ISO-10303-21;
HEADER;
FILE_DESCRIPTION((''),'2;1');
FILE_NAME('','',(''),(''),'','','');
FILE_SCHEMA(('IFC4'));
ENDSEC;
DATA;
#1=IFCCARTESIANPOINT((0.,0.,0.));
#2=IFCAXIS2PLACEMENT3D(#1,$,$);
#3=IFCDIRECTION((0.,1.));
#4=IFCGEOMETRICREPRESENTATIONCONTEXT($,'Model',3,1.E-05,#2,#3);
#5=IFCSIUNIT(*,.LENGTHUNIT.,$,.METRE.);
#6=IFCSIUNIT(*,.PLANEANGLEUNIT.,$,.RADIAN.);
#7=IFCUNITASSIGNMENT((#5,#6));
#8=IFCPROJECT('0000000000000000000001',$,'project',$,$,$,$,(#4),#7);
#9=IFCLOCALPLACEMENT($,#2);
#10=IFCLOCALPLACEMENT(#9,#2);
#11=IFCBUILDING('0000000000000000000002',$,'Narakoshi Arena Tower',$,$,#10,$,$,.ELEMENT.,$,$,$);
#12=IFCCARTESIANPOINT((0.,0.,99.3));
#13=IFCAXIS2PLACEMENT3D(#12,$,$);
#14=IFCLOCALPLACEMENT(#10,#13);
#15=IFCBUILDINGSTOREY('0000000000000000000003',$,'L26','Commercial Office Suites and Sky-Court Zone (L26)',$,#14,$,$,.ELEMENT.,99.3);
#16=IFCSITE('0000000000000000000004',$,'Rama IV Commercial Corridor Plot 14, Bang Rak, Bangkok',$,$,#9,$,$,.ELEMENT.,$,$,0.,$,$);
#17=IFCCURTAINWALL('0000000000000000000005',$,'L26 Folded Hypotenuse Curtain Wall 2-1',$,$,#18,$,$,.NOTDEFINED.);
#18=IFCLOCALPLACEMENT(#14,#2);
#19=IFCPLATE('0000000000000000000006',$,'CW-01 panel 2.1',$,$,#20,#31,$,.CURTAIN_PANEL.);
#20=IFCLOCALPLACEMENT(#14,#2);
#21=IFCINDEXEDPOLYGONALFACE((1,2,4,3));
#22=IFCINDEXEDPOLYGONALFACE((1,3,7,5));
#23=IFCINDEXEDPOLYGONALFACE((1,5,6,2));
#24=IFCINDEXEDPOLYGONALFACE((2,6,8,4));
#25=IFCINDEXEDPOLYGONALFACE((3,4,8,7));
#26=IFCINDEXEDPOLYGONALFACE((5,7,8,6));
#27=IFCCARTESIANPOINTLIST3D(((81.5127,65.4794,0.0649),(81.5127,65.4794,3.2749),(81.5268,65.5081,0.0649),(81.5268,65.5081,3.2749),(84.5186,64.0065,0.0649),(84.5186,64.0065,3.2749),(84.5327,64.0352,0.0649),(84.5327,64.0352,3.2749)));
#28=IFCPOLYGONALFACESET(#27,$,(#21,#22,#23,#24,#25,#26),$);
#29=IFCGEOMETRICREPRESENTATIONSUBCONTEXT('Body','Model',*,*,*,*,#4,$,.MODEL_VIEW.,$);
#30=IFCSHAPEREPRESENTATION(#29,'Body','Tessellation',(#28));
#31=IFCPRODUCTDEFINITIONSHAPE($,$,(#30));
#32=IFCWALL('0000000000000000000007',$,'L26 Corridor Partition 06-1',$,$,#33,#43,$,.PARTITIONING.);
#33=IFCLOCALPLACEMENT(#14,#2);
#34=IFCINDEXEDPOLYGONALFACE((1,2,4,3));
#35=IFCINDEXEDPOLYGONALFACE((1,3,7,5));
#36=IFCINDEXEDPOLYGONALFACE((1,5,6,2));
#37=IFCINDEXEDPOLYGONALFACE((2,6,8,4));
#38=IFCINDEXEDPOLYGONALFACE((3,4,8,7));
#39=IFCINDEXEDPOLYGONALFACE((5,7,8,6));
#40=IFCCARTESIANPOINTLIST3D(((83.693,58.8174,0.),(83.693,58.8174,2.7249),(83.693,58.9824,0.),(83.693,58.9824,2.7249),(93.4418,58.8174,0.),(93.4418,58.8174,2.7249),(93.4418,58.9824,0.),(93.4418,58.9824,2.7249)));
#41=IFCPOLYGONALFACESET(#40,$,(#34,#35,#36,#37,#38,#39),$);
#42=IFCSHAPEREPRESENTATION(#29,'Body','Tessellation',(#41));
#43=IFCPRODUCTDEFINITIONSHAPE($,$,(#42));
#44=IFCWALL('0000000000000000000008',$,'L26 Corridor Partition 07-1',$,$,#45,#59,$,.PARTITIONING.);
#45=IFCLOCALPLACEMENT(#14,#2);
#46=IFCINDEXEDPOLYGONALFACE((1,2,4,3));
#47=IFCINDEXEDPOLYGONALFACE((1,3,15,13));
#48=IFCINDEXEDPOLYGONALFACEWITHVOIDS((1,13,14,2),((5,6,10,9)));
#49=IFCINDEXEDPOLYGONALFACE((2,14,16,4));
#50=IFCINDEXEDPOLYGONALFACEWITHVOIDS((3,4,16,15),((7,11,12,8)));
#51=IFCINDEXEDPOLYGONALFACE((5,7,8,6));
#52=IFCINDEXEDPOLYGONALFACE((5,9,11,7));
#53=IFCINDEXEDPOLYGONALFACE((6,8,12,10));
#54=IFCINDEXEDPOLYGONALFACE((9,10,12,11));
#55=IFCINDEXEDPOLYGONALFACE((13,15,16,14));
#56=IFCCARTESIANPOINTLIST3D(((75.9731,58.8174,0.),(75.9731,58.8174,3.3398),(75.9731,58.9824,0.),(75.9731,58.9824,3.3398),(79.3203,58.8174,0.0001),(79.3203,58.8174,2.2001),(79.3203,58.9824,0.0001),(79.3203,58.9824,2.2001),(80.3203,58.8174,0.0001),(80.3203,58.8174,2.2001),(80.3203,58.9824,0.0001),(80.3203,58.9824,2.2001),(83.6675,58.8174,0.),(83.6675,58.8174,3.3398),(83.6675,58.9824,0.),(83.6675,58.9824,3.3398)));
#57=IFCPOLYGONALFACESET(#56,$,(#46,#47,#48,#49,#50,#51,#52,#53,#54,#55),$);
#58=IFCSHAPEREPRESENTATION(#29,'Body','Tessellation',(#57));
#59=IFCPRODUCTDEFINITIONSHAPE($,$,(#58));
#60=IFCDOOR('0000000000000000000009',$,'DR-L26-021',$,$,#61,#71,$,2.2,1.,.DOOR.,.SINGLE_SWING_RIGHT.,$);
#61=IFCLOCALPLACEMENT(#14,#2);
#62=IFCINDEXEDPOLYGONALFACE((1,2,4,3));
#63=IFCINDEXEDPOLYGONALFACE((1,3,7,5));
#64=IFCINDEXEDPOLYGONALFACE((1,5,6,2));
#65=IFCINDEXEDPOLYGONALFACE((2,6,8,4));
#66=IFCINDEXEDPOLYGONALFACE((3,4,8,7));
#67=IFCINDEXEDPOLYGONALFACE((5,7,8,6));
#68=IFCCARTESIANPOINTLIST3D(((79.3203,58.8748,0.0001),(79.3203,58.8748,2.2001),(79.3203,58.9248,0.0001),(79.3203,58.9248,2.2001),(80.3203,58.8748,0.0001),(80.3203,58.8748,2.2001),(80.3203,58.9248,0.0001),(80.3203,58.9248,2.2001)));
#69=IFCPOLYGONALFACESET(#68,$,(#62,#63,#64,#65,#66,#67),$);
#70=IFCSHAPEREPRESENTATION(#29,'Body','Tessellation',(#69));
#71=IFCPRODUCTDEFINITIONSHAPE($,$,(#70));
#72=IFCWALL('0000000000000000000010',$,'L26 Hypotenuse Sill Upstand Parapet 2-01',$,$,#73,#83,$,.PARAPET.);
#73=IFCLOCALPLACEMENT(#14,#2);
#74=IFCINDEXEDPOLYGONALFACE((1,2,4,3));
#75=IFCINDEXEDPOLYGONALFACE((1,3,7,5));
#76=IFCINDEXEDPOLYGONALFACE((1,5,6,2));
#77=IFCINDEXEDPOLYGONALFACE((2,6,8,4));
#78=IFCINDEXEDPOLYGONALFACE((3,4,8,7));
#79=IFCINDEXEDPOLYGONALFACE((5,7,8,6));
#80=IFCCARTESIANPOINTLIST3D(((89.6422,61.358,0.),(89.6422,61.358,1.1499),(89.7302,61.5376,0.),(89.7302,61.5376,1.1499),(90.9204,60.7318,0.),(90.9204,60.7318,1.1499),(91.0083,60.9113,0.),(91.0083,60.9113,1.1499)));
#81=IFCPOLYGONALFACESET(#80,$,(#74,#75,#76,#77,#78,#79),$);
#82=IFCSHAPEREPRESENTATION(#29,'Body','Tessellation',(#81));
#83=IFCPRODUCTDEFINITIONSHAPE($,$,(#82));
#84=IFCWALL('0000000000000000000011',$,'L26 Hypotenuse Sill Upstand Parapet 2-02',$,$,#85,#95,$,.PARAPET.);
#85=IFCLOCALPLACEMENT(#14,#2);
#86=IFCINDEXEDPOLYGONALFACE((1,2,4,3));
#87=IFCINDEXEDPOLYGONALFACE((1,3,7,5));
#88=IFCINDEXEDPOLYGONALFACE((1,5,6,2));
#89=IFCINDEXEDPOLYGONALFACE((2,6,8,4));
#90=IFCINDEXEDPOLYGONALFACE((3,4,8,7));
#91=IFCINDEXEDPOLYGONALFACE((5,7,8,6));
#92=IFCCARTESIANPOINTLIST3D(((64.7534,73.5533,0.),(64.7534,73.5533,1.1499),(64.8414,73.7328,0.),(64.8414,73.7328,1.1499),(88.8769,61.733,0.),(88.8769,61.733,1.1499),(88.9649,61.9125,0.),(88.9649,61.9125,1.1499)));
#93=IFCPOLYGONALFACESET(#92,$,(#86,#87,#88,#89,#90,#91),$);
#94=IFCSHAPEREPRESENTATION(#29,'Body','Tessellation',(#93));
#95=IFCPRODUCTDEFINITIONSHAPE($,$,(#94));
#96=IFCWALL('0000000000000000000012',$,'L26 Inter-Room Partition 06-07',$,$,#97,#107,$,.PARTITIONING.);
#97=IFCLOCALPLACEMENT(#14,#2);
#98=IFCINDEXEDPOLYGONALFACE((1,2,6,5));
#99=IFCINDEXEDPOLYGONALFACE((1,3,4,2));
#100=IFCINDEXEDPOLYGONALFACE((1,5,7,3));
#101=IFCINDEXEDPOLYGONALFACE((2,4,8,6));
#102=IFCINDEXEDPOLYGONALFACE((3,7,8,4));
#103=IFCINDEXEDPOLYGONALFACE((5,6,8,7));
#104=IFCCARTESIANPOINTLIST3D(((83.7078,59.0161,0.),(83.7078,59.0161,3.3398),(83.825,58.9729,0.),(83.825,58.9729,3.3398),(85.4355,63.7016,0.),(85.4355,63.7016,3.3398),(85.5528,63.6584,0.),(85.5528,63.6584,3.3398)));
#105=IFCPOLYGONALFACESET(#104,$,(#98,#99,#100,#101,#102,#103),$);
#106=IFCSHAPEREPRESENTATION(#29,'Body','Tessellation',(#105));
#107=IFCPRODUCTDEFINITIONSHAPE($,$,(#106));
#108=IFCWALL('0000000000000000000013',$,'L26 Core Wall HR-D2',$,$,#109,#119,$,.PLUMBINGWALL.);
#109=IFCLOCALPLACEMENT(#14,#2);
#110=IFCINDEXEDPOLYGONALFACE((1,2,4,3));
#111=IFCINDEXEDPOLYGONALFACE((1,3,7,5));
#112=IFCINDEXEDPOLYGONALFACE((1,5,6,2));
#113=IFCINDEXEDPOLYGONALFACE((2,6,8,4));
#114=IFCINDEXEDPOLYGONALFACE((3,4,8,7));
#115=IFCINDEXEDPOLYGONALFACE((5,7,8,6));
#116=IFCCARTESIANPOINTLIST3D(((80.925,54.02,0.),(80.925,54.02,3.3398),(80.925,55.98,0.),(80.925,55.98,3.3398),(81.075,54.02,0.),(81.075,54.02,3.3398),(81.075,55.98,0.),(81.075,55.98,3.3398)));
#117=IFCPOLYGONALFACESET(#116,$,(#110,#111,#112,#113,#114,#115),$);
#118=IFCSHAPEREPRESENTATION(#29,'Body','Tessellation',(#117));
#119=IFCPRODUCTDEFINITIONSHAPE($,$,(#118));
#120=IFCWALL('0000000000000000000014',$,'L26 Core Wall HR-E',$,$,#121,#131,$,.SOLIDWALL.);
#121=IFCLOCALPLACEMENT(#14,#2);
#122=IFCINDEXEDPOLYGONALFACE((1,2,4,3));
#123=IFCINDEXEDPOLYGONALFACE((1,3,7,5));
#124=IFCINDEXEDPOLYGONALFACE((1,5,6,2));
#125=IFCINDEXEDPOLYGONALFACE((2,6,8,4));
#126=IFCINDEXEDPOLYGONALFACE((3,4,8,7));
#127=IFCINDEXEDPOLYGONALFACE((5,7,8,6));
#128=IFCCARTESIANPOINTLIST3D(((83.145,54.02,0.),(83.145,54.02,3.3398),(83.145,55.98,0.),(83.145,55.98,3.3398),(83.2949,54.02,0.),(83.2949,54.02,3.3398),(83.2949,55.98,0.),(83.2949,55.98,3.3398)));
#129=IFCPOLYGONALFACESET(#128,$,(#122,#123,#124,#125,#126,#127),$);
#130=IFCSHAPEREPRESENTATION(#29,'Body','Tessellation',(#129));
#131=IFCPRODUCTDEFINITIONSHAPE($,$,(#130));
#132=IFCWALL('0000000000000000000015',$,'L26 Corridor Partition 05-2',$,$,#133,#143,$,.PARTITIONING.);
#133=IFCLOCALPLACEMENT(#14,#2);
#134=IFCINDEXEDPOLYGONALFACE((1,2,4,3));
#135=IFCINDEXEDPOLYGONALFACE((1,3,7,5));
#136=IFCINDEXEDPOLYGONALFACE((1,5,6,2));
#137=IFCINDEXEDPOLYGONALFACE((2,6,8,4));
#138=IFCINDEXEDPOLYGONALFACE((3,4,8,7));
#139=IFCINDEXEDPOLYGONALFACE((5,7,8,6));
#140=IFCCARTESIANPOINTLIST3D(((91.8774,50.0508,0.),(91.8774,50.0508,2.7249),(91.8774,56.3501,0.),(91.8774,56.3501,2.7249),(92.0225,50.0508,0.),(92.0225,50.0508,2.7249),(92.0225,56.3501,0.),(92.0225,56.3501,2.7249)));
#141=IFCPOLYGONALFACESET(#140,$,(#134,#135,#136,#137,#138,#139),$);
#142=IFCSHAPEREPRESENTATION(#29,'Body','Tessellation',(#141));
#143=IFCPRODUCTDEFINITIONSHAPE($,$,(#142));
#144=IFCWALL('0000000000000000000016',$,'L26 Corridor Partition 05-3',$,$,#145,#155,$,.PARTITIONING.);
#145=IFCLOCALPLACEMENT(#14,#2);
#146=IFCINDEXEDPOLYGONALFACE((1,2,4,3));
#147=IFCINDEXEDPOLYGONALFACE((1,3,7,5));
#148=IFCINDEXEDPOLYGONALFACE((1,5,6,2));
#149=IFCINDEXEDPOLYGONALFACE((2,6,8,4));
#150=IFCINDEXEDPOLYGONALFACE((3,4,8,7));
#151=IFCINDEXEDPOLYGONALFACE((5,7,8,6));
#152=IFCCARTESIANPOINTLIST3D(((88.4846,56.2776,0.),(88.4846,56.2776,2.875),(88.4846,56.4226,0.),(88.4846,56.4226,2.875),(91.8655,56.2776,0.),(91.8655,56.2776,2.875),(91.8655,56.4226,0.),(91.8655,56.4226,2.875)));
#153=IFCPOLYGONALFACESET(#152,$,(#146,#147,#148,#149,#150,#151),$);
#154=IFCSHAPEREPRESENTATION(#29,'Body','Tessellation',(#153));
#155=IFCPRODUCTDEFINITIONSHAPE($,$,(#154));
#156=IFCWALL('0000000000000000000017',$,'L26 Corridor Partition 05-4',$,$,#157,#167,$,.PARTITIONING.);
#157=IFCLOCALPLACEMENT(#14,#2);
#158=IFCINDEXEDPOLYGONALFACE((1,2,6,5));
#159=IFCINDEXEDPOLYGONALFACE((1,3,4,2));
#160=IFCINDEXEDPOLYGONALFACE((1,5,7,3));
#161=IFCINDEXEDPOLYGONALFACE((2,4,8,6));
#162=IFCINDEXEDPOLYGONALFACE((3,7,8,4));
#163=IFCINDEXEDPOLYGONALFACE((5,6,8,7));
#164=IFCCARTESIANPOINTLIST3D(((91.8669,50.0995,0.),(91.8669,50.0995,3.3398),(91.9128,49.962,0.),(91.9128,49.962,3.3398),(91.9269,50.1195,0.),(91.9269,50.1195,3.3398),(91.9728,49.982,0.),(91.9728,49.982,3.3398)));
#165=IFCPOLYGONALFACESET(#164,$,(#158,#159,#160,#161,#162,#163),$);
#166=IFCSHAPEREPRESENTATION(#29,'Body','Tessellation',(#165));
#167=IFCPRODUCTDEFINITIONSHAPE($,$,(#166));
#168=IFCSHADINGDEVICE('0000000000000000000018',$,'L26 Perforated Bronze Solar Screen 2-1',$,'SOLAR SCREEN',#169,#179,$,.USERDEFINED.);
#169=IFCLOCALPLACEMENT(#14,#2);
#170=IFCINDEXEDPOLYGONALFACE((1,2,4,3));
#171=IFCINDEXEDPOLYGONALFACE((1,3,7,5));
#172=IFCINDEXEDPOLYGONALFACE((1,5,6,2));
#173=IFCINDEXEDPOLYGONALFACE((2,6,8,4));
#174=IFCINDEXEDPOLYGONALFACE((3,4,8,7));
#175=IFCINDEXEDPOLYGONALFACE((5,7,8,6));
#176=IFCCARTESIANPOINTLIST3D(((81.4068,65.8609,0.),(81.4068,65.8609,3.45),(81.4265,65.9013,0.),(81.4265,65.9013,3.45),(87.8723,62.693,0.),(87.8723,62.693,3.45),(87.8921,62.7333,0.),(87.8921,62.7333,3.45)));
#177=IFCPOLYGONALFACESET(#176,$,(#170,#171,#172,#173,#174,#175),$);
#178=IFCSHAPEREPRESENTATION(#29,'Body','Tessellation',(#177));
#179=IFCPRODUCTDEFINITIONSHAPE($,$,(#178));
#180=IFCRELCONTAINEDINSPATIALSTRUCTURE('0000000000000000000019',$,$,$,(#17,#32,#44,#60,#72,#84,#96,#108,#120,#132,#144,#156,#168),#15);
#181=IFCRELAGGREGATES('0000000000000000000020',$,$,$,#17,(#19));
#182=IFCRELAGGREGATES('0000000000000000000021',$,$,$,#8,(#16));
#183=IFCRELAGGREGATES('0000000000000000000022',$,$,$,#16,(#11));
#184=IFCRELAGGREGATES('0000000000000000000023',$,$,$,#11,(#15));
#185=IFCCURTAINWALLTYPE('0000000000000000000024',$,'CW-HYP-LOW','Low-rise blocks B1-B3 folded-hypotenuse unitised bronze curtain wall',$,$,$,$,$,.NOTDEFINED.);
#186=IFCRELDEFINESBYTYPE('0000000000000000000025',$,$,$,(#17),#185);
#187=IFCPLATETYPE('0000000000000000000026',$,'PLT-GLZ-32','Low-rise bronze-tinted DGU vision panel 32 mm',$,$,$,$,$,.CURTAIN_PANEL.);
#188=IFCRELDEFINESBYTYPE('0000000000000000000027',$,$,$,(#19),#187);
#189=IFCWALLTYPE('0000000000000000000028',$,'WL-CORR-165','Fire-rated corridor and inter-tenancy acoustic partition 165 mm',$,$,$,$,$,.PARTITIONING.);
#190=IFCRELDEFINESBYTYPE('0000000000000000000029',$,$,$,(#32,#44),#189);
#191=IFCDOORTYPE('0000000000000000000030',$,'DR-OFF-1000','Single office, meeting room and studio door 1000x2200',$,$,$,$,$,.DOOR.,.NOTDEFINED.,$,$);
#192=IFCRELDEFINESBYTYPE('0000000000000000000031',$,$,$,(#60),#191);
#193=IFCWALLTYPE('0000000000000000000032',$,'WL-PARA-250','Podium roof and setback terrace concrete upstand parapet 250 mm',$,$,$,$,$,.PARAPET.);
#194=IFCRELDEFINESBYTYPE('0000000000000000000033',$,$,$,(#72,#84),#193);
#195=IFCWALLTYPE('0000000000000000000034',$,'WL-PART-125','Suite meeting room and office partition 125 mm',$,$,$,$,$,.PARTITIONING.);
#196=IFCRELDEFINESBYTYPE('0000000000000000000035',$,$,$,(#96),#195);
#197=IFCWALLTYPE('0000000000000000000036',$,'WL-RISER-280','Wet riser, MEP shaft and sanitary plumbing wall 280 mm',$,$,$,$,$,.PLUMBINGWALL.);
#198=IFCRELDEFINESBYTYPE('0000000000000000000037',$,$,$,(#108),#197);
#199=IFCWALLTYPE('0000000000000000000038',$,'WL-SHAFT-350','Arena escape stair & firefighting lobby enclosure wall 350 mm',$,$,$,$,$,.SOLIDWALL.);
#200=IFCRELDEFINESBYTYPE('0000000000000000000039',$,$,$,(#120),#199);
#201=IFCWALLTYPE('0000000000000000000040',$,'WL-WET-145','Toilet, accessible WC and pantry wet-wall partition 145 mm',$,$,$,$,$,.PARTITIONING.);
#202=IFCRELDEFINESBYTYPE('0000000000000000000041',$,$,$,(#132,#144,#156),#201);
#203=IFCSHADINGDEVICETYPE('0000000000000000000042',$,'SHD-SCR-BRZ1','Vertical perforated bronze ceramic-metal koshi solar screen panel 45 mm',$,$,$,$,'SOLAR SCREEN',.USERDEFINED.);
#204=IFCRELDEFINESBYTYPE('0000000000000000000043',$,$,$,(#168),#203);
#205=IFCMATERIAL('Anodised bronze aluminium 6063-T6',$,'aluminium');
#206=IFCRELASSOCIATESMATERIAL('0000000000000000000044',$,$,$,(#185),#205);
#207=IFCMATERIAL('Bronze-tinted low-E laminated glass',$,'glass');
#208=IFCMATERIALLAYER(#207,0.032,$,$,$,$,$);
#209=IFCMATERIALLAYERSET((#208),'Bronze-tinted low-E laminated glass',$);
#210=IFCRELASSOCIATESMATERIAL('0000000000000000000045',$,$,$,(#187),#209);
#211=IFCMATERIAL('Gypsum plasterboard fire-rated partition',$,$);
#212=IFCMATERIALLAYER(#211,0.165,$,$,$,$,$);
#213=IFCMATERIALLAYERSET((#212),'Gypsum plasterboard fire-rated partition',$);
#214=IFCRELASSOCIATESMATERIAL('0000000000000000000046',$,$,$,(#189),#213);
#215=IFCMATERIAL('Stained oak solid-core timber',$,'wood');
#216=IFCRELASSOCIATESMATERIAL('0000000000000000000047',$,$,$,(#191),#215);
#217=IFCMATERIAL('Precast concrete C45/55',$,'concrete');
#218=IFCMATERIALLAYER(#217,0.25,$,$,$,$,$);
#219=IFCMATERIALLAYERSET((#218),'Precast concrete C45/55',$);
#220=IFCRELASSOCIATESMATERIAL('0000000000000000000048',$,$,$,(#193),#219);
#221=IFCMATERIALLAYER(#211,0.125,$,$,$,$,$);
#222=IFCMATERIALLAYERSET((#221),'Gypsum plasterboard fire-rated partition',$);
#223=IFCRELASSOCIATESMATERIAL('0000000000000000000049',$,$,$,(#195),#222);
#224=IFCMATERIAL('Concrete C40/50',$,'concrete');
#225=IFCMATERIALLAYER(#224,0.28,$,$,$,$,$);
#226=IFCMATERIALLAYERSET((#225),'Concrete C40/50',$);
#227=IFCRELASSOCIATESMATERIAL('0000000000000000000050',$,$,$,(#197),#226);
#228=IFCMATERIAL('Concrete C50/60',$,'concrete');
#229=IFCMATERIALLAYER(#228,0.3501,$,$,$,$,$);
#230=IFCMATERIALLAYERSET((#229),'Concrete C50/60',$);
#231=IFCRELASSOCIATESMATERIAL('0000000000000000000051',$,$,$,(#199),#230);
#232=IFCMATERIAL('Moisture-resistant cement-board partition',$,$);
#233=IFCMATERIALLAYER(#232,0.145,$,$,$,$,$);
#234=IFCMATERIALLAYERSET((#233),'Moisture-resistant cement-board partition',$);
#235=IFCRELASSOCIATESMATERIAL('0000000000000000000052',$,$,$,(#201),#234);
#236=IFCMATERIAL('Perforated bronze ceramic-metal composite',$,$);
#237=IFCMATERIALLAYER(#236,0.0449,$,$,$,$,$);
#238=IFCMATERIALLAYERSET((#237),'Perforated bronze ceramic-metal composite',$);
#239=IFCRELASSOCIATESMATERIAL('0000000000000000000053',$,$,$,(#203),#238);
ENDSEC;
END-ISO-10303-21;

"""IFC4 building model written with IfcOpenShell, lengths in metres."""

from ifc_helpers import new_model, si_unit, direction, frame, frame_2d, origin, origin_2d, place, context, subcontext, project, spatial, rectangle, extrude, material, layer, layer_set, type_object, element, fill, aggregate, save


model = new_model("IFC4")

# Units and contexts
model_context = context("Model", 3, precision=1e-05, world=origin(), true_north=direction((0.0, 1.0)))
body_context = subcontext(model_context, "Body", "Model", "MODEL_VIEW")
ifc_project = project(units=[si_unit("LENGTHUNIT", "METRE"), si_unit("PLANEANGLEUNIT", "RADIAN")], contexts=[model_context])

# Site, building, storey
site_placement = place(None, origin())
site = spatial("IfcSite", under=ifc_project, at=site_placement, Name="Rama IV Commercial Corridor Plot 14, Bang Rak, Bangkok", CompositionType="ELEMENT", RefElevation=0.0)
building_placement = place(site_placement, origin())
building = spatial("IfcBuilding", under=site, at=building_placement, Name="Narakoshi Arena Tower", CompositionType="ELEMENT")
storey_placement = place(building_placement, frame((0.0, 0.0, 99.3)))
storey = spatial("IfcBuildingStorey", under=building, at=storey_placement, Name="L26", Description="Commercial Office Suites and Sky-Court Zone (L26)", CompositionType="ELEMENT", Elevation=99.3)

# Curtain wall, plate
ifc_material_1 = material(Name="Anodised bronze aluminium 6063-T6", Category="aluminium")
curtain_wall_type = type_object("IfcCurtainWallType", Name="CW-HYP-LOW", Description="Low-rise blocks B1-B3 folded-hypotenuse unitised bronze curtain wall", PredefinedType="NOTDEFINED", material=ifc_material_1)
curtain_wall_placement = place(storey_placement, origin())
curtain_wall = element("IfcCurtainWall", 1, at=curtain_wall_placement, inside=storey, type_object=curtain_wall_type, Name="L26 Folded Hypotenuse Curtain Wall 2-1", PredefinedType="NOTDEFINED")
ifc_material_2 = material(Name="Bronze-tinted low-E laminated glass", Category="glass")
ifc_layer_1 = layer(ifc_material_2, 0.032)
ifc_layer_set_1 = layer_set([ifc_layer_1], Name="Bronze-tinted low-E laminated glass")
plate_type = type_object("IfcPlateType", Name="PLT-GLZ-32", Description="Low-rise bronze-tinted DGU vision panel 32 mm", PredefinedType="CURTAIN_PANEL", material=ifc_layer_set_1)
plate_1_placement = place(storey_placement, frame((83.0227, 64.7573, 0.0649), z_axis=(0.0, 0.0, 1.0), x_axis=(-0.897996, 0.440005, 0.0)))
plate_1 = element("IfcPlate", 2, at=plate_1_placement, type_object=plate_type, Name="CW-01 panel 2.1", PredefinedType="CURTAIN_PANEL", context=body_context, shape_type="SweptSolid", body=[
    extrude(rectangle(XDim=3.3474, YDim=0.032, at=origin_2d()), origin(), (0.0, 0.0, 1.0), 3.21),
])
aggregate(curtain_wall, [plate_1])

# Wall
ifc_material_3 = material(Name="Gypsum plasterboard fire-rated partition")
ifc_layer_2 = layer(ifc_material_3, 0.165)
ifc_layer_set_2 = layer_set([ifc_layer_2], Name="Gypsum plasterboard fire-rated partition")
wall_type_1 = type_object("IfcWallType", Name="WL-CORR-165", Description="Fire-rated corridor and inter-tenancy acoustic partition 165 mm", PredefinedType="PARTITIONING", material=ifc_layer_set_2)
wall_1_placement = place(storey_placement, frame((93.4419, 58.8999, 0.0), z_axis=(0.0, 0.0, 1.0), x_axis=(-1.0, 0.0, 0.0)))
element("IfcWall", 3, at=wall_1_placement, inside=storey, type_object=wall_type_1, Name="L26 Corridor Partition 06-1", PredefinedType="PARTITIONING", context=body_context, shape_type="SweptSolid", body=[
    extrude(rectangle(XDim=9.7488, YDim=0.165, at=frame_2d((4.8745, 0.0))), origin(), (0.0, 0.0, 1.0), 2.7249),
])

# Wall, opening, door
wall_2_placement = place(storey_placement, frame((83.6675, 58.8999, 0.0), z_axis=(0.0, 0.0, 1.0), x_axis=(-1.0, 0.0, 0.0)))
wall_2 = element("IfcWall", 4, at=wall_2_placement, inside=storey, type_object=wall_type_1, Name="L26 Corridor Partition 07-1", PredefinedType="PARTITIONING", context=body_context, shape_type="SweptSolid", body=[
    extrude(rectangle(XDim=7.6943, YDim=0.165, at=frame_2d((3.8472, 0.0))), origin(), (0.0, 0.0, 1.0), 3.3398),
])
opening_placement = place(wall_2_placement, frame((3.3472, 0.0, 0.0)))
opening = element("IfcOpeningElement", 5, at=opening_placement, cuts=wall_2, PredefinedType="OPENING", context=body_context, shape_type="SweptSolid", body=[
    extrude(rectangle(XDim=1.0, YDim=2.2, at=frame_2d((0.5, 1.1001))), frame((0.0, 0.0925, 0.0), z_axis=(0.0, -1.0, 0.0), x_axis=(1.0, 0.0, 0.0)), (0.0, 0.0, 1.0), 0.1851),
])
ifc_material_4 = material(Name="Stained oak solid-core timber", Category="wood")
door_type = type_object("IfcDoorType", Name="DR-OFF-1000", Description="Single office, meeting room and studio door 1000x2200", OperationType="NOTDEFINED", PredefinedType="DOOR", material=ifc_material_4)
door_placement = place(opening_placement, frame((1.0, 0.0, 0.0), z_axis=(0.0, 0.0, 1.0), x_axis=(-1.0, 0.0, 0.0)))
door = element("IfcDoor", 6, at=door_placement, inside=storey, type_object=door_type, Name="DR-L26-021", OperationType="SINGLE_SWING_RIGHT", OverallHeight=2.2, OverallWidth=1.0, PredefinedType="DOOR", context=body_context, shape_type="SweptSolid", body=[
    extrude(rectangle(XDim=1.0, YDim=2.2, at=frame_2d((0.5, 1.1001))), frame((0.0, 0.0249, 0.0), z_axis=(0.0, -1.0, 0.0), x_axis=(1.0, 0.0, 0.0)), (0.0, 0.0, 1.0), 0.05),
])
fill(opening, door)

# Walls
ifc_material_5 = material(Name="Precast concrete C45/55", Category="concrete")
ifc_layer_3 = layer(ifc_material_5, 0.25)
ifc_layer_set_3 = layer_set([ifc_layer_3], Name="Precast concrete C45/55")
wall_type_2 = type_object("IfcWallType", Name="WL-PARA-250", Description="Podium roof and setback terrace concrete upstand parapet 250 mm", PredefinedType="PARAPET", material=ifc_layer_set_3)
wall_3_placement = place(storey_placement, frame((90.9644, 60.8215, 0.0), z_axis=(0.0, 0.0, 1.0), x_axis=(-0.898, 0.439994, 0.0)))
element("IfcWall", 7, at=wall_3_placement, inside=storey, type_object=wall_type_2, Name="L26 Hypotenuse Sill Upstand Parapet 2-01", PredefinedType="PARAPET", context=body_context, shape_type="SweptSolid", body=[
    extrude(rectangle(XDim=1.4233, YDim=0.2, at=frame_2d((0.7117, 0.0))), origin(), (0.0, 0.0, 1.0), 1.1499),
])
wall_4_placement = place(storey_placement, frame((88.9209, 61.8228, 0.0), z_axis=(0.0, 0.0, 1.0), x_axis=(-0.897994, 0.440009, 0.0)))
element("IfcWall", 8, at=wall_4_placement, inside=storey, type_object=wall_type_2, Name="L26 Hypotenuse Sill Upstand Parapet 2-02", PredefinedType="PARAPET", context=body_context, shape_type="SweptSolid", body=[
    extrude(rectangle(XDim=26.8638, YDim=0.2, at=frame_2d((13.4319, 0.0))), origin(), (0.0, 0.0, 1.0), 1.1499),
])
ifc_layer_4 = layer(ifc_material_3, 0.125)
ifc_layer_set_4 = layer_set([ifc_layer_4], Name="Gypsum plasterboard fire-rated partition")
wall_type_3 = type_object("IfcWallType", Name="WL-PART-125", Description="Suite meeting room and office partition 125 mm", PredefinedType="PARTITIONING", material=ifc_layer_set_4)
wall_5_placement = place(storey_placement, frame((83.7664, 58.9944, 0.0), z_axis=(0.0, 0.0, 1.0), x_axis=(0.345975, 0.938244, 0.0)))
element("IfcWall", 9, at=wall_5_placement, inside=storey, type_object=wall_type_3, Name="L26 Inter-Room Partition 06-07", PredefinedType="PARTITIONING", context=body_context, shape_type="SweptSolid", body=[
    extrude(rectangle(XDim=4.9939, YDim=0.125, at=frame_2d((2.4971, 0.0))), origin(), (0.0, 0.0, 1.0), 3.3398),
])
ifc_material_6 = material(Name="Concrete C40/50", Category="concrete")
ifc_layer_5 = layer(ifc_material_6, 0.28)
ifc_layer_set_5 = layer_set([ifc_layer_5], Name="Concrete C40/50")
wall_type_4 = type_object("IfcWallType", Name="WL-RISER-280", Description="Wet riser, MEP shaft and sanitary plumbing wall 280 mm", PredefinedType="PLUMBINGWALL", material=ifc_layer_set_5)
wall_6_placement = place(storey_placement, frame((81.0, 54.02, 0.0), z_axis=(0.0, 0.0, 1.0), x_axis=(0.0, 1.0, 0.0)))
element("IfcWall", 10, at=wall_6_placement, inside=storey, type_object=wall_type_4, Name="L26 Core Wall HR-D2", PredefinedType="PLUMBINGWALL", context=body_context, shape_type="SweptSolid", body=[
    extrude(rectangle(XDim=1.96, YDim=0.1499, at=frame_2d((0.98, 0.0))), origin(), (0.0, 0.0, 1.0), 3.3398),
])
ifc_material_7 = material(Name="Concrete C50/60", Category="concrete")
ifc_layer_6 = layer(ifc_material_7, 0.3501)
ifc_layer_set_6 = layer_set([ifc_layer_6], Name="Concrete C50/60")
wall_type_5 = type_object("IfcWallType", Name="WL-SHAFT-350", Description="Arena escape stair & firefighting lobby enclosure wall 350 mm", PredefinedType="SOLIDWALL", material=ifc_layer_set_6)
wall_7_placement = place(storey_placement, frame((83.22, 54.02, 0.0), z_axis=(0.0, 0.0, 1.0), x_axis=(0.0, 1.0, 0.0)))
element("IfcWall", 11, at=wall_7_placement, inside=storey, type_object=wall_type_5, Name="L26 Core Wall HR-E", PredefinedType="SOLIDWALL", context=body_context, shape_type="SweptSolid", body=[
    extrude(rectangle(XDim=1.96, YDim=0.1499, at=frame_2d((0.98, 0.0))), origin(), (0.0, 0.0, 1.0), 3.3398),
])
ifc_material_8 = material(Name="Moisture-resistant cement-board partition")
ifc_layer_7 = layer(ifc_material_8, 0.145)
ifc_layer_set_7 = layer_set([ifc_layer_7], Name="Moisture-resistant cement-board partition")
wall_type_6 = type_object("IfcWallType", Name="WL-WET-145", Description="Toilet, accessible WC and pantry wet-wall partition 145 mm", PredefinedType="PARTITIONING", material=ifc_layer_set_7)
wall_8_placement = place(storey_placement, frame((91.95, 56.3501, 0.0), z_axis=(0.0, 0.0, 1.0), x_axis=(0.0, -1.0, 0.0)))
element("IfcWall", 12, at=wall_8_placement, inside=storey, type_object=wall_type_6, Name="L26 Corridor Partition 05-2", PredefinedType="PARTITIONING", context=body_context, shape_type="SweptSolid", body=[
    extrude(rectangle(XDim=6.2993, YDim=0.145, at=frame_2d((3.1497, 0.0))), origin(), (0.0, 0.0, 1.0), 2.7249),
])
wall_9_placement = place(storey_placement, frame((88.4846, 56.3501, 0.0), z_axis=(0.0, 0.0, 1.0), x_axis=(1.0, 0.0, 0.0)))
element("IfcWall", 13, at=wall_9_placement, inside=storey, type_object=wall_type_6, Name="L26 Corridor Partition 05-3", PredefinedType="PARTITIONING", context=body_context, shape_type="SweptSolid", body=[
    extrude(rectangle(XDim=3.3809, YDim=0.145, at=frame_2d((1.6904, 0.0))), origin(), (0.0, 0.0, 1.0), 2.875),
])
wall_10_placement = place(storey_placement, frame((91.95, 50.0508, 0.0), z_axis=(0.0, 0.0, 1.0), x_axis=(-0.948683, -0.316228, 0.0)))
element("IfcWall", 14, at=wall_10_placement, inside=storey, type_object=wall_type_6, Name="L26 Corridor Partition 05-4", PredefinedType="PARTITIONING", context=body_context, shape_type="SweptSolid", body=[
    extrude(rectangle(XDim=0.0632, YDim=0.145, at=frame_2d((0.0317, 0.0))), origin(), (0.0, 0.0, 1.0), 3.3398),
])

# Shading device
ifc_material_9 = material(Name="Perforated bronze ceramic-metal composite")
ifc_layer_8 = layer(ifc_material_9, 0.0449)
ifc_layer_set_8 = layer_set([ifc_layer_8], Name="Perforated bronze ceramic-metal composite")
shading_device_type = type_object("IfcShadingDeviceType", Name="SHD-SCR-BRZ1", Description="Vertical perforated bronze ceramic-metal koshi solar screen panel 45 mm", ElementType="SOLAR SCREEN", PredefinedType="USERDEFINED", material=ifc_layer_set_8)
shading_device_placement = place(storey_placement, frame((84.6494, 64.2971, 0.0), z_axis=(0.0, 0.0, 1.0), x_axis=(-0.897997, 0.440002, 0.0)))
element("IfcShadingDevice", 15, at=shading_device_placement, inside=storey, type_object=shading_device_type, Name="L26 Perforated Bronze Solar Screen 2-1", ObjectType="SOLAR SCREEN", PredefinedType="USERDEFINED", context=body_context, shape_type="SweptSolid", body=[
    extrude(rectangle(XDim=7.2, YDim=0.0449, at=origin_2d()), origin(), (0.0, 0.0, 1.0), 3.45),
])

save(model, "model.ifc")
